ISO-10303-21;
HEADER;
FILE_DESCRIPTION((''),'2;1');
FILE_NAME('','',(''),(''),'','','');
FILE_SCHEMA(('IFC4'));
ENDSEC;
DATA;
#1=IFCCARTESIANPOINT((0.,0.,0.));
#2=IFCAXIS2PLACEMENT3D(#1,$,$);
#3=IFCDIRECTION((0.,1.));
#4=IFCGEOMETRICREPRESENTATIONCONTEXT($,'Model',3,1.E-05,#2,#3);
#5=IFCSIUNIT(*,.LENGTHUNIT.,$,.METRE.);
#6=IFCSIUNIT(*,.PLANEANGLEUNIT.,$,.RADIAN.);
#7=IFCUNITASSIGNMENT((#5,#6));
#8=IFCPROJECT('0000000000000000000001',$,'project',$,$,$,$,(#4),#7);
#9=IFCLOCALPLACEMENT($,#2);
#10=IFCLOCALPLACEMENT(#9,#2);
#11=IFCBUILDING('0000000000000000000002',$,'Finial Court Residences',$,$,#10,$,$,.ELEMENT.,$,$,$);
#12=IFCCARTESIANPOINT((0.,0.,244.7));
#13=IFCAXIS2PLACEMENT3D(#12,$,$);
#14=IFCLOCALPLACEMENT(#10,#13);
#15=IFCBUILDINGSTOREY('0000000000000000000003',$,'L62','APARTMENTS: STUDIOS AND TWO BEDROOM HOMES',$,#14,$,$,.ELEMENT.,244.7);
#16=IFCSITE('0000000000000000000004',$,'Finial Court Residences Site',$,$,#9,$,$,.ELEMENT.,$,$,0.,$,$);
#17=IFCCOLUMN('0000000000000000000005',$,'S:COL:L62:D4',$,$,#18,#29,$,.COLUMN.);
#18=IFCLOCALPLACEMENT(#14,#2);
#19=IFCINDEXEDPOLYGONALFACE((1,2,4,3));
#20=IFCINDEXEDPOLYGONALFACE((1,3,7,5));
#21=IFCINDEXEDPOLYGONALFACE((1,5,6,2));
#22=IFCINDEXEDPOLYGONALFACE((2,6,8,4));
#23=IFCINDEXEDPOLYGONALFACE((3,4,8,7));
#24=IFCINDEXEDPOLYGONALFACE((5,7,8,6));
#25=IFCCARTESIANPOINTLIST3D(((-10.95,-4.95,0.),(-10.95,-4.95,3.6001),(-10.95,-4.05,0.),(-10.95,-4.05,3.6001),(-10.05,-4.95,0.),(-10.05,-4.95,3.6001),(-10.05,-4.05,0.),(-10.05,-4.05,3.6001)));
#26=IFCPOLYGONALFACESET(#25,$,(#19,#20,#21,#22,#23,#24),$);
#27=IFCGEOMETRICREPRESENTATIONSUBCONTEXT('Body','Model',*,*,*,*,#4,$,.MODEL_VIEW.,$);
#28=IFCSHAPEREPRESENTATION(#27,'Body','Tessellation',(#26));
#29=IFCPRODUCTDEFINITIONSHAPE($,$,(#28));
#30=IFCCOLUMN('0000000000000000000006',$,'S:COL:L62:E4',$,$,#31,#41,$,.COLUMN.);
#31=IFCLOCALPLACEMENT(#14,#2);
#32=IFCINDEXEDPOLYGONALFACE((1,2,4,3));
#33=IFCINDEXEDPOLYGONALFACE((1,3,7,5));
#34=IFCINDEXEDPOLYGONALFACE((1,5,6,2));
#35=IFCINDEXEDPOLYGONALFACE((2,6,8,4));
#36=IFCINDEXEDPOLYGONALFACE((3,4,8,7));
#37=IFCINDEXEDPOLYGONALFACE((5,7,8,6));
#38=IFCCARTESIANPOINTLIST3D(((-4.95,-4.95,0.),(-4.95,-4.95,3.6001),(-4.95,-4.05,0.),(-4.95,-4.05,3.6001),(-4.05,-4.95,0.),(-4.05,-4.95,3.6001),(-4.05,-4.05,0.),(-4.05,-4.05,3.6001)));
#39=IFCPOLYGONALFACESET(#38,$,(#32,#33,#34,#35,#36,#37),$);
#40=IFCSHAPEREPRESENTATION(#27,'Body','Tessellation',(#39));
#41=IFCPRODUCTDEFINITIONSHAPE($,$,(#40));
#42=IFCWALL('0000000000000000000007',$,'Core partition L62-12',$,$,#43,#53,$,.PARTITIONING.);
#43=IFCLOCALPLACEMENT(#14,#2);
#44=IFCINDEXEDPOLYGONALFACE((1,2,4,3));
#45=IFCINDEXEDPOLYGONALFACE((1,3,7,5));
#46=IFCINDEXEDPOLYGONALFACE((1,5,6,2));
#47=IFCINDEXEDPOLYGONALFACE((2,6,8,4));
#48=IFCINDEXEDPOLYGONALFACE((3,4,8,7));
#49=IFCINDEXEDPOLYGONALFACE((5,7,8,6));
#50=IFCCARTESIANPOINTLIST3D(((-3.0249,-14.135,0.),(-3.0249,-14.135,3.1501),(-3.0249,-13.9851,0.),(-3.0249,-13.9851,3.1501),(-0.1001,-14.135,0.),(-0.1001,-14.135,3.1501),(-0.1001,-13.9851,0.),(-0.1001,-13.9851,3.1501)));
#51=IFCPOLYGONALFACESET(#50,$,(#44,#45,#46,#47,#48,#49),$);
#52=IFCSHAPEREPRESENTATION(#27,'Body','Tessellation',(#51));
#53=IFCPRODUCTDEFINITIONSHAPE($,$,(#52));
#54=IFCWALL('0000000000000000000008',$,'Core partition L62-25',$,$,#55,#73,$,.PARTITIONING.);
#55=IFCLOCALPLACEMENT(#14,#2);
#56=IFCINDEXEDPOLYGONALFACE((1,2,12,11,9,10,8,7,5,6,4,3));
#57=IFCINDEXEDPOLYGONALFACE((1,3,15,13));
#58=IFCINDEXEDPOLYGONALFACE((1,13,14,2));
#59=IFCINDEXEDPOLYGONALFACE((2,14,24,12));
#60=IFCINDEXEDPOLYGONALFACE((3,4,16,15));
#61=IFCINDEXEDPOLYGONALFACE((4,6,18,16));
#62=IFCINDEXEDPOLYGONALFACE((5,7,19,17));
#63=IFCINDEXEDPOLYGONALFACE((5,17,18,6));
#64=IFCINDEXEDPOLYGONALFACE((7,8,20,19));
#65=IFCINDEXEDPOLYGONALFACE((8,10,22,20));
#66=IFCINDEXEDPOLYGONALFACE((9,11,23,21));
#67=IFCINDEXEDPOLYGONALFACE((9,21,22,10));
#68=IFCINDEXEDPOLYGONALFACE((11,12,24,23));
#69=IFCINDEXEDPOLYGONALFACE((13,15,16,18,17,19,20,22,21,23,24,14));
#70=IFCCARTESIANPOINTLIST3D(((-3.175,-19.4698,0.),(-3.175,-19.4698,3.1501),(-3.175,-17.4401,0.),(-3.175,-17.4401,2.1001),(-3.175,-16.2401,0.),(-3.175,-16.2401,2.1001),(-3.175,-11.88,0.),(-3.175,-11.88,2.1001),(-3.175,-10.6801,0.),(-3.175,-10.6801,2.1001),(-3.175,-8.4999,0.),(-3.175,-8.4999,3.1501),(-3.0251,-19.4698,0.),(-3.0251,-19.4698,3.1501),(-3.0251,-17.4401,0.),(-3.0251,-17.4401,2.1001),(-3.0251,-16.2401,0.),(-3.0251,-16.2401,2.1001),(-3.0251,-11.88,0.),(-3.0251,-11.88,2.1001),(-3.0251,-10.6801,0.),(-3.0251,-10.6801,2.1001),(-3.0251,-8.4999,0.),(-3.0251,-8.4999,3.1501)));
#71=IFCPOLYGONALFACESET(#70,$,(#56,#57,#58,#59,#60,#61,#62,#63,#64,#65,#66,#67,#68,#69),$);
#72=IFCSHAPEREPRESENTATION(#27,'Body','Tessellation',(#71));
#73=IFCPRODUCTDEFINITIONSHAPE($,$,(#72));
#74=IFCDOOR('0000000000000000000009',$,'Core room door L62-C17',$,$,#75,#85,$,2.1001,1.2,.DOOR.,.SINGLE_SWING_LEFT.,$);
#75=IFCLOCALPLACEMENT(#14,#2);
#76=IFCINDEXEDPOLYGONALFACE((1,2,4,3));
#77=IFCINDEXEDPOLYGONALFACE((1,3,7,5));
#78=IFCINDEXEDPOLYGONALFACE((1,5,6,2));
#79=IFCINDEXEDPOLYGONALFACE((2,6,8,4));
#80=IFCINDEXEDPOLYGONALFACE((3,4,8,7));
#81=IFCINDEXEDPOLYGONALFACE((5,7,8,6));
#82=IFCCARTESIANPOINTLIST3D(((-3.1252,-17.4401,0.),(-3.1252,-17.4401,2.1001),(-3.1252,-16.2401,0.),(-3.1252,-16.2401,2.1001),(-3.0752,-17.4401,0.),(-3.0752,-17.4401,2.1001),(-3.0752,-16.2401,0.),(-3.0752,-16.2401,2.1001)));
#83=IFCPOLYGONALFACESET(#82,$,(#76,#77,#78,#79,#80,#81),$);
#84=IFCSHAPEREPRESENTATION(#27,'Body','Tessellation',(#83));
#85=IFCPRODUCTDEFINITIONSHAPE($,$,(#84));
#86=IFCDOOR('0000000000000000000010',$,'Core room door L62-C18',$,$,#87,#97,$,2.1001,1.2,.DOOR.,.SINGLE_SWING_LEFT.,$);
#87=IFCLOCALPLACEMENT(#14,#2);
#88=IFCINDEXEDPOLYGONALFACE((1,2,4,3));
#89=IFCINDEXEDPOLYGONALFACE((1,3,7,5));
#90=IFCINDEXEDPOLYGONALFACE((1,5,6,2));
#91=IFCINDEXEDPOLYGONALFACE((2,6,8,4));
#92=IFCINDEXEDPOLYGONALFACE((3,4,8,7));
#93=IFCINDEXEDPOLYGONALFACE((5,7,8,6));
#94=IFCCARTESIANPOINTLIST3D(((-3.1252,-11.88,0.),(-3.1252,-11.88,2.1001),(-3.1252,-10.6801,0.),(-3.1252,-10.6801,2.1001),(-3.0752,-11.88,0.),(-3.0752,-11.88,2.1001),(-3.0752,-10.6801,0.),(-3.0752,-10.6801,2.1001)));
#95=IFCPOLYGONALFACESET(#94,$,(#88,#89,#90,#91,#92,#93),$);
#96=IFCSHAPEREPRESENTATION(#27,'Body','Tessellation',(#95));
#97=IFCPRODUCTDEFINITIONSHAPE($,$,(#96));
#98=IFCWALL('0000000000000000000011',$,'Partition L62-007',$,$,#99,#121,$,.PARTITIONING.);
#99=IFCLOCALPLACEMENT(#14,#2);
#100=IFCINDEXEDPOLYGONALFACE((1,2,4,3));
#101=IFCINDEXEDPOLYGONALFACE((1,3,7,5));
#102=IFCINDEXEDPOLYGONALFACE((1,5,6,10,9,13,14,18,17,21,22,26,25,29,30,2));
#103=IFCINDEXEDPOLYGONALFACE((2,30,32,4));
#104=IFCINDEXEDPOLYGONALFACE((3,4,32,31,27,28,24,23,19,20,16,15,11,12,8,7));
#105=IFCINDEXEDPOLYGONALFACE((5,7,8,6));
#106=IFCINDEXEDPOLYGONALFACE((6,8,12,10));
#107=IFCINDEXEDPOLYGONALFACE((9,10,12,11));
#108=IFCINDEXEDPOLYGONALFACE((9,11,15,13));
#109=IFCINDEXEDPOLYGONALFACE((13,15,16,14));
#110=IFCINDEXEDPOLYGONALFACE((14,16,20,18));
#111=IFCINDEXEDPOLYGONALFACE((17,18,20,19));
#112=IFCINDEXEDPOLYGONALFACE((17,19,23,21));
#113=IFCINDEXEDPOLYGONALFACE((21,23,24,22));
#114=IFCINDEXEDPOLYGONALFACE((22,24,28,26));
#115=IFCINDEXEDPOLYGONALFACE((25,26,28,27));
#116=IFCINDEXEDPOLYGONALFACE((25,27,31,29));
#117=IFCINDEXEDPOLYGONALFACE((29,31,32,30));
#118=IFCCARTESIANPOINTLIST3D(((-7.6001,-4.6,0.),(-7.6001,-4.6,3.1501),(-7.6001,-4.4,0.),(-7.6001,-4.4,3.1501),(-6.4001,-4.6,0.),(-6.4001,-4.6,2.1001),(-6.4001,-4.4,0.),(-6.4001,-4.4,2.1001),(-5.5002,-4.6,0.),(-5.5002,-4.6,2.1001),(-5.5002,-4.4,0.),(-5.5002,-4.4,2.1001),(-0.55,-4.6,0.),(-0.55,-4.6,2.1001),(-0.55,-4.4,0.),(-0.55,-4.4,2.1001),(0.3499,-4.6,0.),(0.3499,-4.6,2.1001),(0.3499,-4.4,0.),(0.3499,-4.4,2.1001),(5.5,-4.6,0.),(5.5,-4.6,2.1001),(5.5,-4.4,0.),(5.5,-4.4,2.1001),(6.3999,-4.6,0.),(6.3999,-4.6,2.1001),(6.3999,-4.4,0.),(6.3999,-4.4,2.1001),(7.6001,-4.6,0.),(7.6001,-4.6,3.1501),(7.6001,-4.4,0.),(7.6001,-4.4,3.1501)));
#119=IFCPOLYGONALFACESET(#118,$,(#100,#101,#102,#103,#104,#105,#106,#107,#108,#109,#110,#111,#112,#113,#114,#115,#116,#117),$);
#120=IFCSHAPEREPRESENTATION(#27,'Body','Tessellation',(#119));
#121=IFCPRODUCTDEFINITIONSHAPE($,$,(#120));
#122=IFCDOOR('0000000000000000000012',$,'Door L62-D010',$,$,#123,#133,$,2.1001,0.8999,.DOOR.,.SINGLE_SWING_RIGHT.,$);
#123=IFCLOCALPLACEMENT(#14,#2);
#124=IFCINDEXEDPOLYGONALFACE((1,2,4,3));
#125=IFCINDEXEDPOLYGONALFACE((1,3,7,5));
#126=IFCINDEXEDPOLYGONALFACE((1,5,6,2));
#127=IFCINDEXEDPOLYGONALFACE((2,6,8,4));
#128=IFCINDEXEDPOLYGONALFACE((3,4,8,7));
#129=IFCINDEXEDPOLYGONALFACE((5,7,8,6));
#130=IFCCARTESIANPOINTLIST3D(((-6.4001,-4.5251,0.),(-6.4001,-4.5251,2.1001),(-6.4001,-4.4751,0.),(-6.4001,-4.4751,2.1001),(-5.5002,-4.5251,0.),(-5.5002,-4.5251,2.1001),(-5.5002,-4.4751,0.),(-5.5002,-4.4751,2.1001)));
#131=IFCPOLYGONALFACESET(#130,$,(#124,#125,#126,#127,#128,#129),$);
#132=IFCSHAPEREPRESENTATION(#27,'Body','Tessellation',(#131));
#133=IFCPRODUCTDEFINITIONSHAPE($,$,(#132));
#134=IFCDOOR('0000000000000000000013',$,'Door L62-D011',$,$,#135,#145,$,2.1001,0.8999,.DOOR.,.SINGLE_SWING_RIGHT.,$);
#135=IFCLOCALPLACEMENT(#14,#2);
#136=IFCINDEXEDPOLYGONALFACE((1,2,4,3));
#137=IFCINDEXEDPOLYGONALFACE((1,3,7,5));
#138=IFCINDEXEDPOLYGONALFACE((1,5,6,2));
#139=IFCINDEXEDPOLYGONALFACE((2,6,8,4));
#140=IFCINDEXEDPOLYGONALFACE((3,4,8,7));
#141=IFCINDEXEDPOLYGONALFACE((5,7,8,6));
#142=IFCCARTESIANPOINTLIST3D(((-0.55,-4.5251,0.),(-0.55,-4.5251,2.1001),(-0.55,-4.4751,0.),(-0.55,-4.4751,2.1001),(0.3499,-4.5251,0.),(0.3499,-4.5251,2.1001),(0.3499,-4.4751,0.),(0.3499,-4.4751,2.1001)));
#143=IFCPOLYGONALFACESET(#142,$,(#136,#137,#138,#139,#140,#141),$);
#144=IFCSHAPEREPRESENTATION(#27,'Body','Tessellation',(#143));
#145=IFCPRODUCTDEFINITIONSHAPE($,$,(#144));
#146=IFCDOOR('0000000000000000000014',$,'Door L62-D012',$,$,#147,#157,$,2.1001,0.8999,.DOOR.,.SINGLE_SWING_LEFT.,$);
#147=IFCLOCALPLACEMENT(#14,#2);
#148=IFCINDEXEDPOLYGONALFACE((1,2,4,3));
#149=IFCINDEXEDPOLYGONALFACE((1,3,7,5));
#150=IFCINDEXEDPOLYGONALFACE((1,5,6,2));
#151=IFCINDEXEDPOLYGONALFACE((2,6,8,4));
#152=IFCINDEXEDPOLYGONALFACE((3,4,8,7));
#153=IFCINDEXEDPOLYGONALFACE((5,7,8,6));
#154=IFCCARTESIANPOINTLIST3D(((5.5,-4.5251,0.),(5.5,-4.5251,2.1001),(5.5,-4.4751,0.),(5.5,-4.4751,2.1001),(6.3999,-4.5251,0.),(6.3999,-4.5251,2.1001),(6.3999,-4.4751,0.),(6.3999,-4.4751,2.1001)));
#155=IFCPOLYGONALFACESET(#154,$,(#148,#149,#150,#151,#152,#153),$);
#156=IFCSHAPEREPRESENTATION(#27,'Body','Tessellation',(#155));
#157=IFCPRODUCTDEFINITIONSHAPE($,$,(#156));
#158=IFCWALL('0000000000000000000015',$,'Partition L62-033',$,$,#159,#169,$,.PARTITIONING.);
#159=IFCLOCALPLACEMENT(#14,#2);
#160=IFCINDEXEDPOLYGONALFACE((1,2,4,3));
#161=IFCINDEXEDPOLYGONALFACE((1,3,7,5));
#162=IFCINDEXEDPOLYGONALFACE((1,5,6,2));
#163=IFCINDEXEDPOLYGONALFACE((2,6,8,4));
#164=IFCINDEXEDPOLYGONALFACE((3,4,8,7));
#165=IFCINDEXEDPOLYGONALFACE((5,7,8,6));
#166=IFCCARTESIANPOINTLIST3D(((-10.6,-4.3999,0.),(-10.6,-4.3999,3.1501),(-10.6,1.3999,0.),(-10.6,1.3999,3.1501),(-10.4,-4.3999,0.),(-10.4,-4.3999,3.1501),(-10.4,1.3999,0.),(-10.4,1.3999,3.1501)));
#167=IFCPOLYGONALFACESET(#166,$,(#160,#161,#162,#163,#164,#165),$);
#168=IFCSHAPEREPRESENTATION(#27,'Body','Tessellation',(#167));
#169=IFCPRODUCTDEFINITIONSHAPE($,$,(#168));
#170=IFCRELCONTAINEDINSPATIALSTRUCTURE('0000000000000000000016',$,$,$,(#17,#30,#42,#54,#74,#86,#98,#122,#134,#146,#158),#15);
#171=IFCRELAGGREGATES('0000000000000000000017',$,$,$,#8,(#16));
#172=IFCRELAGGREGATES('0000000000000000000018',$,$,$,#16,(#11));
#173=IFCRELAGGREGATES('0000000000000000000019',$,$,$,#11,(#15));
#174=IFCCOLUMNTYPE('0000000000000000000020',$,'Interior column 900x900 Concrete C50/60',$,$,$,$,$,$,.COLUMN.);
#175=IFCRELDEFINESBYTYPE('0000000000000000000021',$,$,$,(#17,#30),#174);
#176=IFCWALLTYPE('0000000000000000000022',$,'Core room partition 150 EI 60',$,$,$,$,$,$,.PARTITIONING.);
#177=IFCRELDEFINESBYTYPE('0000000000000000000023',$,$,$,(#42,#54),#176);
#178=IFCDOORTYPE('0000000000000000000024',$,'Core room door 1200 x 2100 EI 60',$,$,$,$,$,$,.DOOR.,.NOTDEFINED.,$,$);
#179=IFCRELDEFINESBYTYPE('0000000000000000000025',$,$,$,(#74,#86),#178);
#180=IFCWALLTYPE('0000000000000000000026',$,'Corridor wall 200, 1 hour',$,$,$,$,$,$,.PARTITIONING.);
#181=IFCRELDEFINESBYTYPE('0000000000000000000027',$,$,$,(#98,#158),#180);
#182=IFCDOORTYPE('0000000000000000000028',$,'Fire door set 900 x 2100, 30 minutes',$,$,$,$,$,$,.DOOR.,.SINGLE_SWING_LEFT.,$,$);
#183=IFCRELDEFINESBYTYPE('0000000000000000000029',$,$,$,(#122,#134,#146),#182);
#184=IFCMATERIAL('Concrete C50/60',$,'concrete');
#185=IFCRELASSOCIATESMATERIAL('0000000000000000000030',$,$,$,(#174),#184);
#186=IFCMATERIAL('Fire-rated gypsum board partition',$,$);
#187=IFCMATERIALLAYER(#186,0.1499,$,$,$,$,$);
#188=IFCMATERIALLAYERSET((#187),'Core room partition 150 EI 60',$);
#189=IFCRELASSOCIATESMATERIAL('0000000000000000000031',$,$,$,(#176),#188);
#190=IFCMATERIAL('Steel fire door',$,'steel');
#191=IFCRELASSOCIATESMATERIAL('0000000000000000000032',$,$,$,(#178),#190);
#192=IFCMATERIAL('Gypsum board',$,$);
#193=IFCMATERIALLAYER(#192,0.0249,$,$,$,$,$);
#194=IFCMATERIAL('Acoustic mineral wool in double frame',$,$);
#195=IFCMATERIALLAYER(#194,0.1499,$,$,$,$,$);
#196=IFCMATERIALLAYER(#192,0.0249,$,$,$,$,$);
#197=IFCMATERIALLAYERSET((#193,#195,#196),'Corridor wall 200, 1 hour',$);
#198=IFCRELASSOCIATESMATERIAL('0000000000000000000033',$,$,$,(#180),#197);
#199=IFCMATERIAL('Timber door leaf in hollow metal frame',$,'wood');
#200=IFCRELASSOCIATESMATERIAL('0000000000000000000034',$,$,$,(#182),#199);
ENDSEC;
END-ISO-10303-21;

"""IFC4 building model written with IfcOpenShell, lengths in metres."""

from ifc_helpers import new_model, si_unit, direction, frame, frame_2d, origin, origin_2d, place, context, subcontext, project, spatial, rectangle, extrude, material, layer, layer_set, material_profile, profile_set, type_object, element, fill, save


model = new_model("IFC4")

# Units and contexts
model_context = context("Model", 3, precision=1e-05, world=origin(), true_north=direction((0.0, 1.0)))
body_context = subcontext(model_context, "Body", "Model", "MODEL_VIEW")
ifc_project = project(units=[si_unit("LENGTHUNIT", "METRE"), si_unit("PLANEANGLEUNIT", "RADIAN")], contexts=[model_context])

# Site, building, storey
site_placement = place(None, origin())
site = spatial("IfcSite", under=ifc_project, at=site_placement, Name="Finial Court Residences Site", CompositionType="ELEMENT", RefElevation=0.0)
building_placement = place(site_placement, origin())
building = spatial("IfcBuilding", under=site, at=building_placement, Name="Finial Court Residences", CompositionType="ELEMENT")
storey_placement = place(building_placement, frame((0.0, 0.0, 244.7)))
storey = spatial("IfcBuildingStorey", under=building, at=storey_placement, Name="L62", Description="APARTMENTS: STUDIOS AND TWO BEDROOM HOMES", CompositionType="ELEMENT", Elevation=244.7)

# Columns
ifc_material_1 = material(Name="Concrete C50/60", Category="concrete")
ifc_material_profile = material_profile(ifc_material_1, rectangle(XDim=0.8999, YDim=0.8999, at=origin_2d()), Name="900x900")
ifc_profile_set = profile_set([ifc_material_profile], Name="Concrete C50/60")
column_type = type_object("IfcColumnType", Name="Interior column 900x900 Concrete C50/60", PredefinedType="COLUMN", material=ifc_profile_set)
for number, where, z_axis, x_axis, name in (
    (1, (-10.5, -4.5, 0.0), (0.0, 0.0, 1.0), (1.0, 0.0, 0.0), "S:COL:L62:D4"),
    (2, (-4.5, -4.5, 0.0), (0.0, 0.0, 1.0), (1.0, 0.0, 0.0), "S:COL:L62:E4"),
):
    element("IfcColumn", number, at=place(storey_placement, frame(where, z_axis=z_axis, x_axis=x_axis)), inside=storey, type_object=column_type, Name=name, PredefinedType="COLUMN", context=body_context, shape_type="SweptSolid", body=[
        extrude(rectangle(XDim=0.8999, YDim=0.8999, at=origin_2d()), origin(), (0.0, 0.0, 1.0), 3.6001),
    ])

# Wall
ifc_material_2 = material(Name="Fire-rated gypsum board partition")
ifc_layer_1 = layer(ifc_material_2, 0.1499)
ifc_layer_set_1 = layer_set([ifc_layer_1], Name="Core room partition 150 EI 60")
wall_type_1 = type_object("IfcWallType", Name="Core room partition 150 EI 60", PredefinedType="PARTITIONING", material=ifc_layer_set_1)
wall_1_placement = place(storey_placement, frame((-3.0249, -14.0601, 0.0), z_axis=(0.0, 0.0, 1.0), x_axis=(1.0, 0.0, 0.0)))
element("IfcWall", 3, at=wall_1_placement, inside=storey, type_object=wall_type_1, Name="Core partition L62-12", PredefinedType="PARTITIONING", context=body_context, shape_type="SweptSolid", body=[
    extrude(rectangle(XDim=2.9248, YDim=0.1499, at=frame_2d((1.4624, 0.0))), origin(), (0.0, 0.0, 1.0), 3.1501),
])

# Walls, openings, doors
wall_2_placement = place(storey_placement, frame((-3.1001, -8.5, 0.0), z_axis=(0.0, 0.0, 1.0), x_axis=(0.0, -1.0, 0.0)))
wall_2 = element("IfcWall", 4, at=wall_2_placement, inside=storey, type_object=wall_type_1, Name="Core partition L62-25", PredefinedType="PARTITIONING", context=body_context, shape_type="SweptSolid", body=[
    extrude(rectangle(XDim=10.97, YDim=0.1499, at=frame_2d((5.4849, 0.0))), origin(), (0.0, 0.0, 1.0), 3.1501),
])
opening_1_placement = place(wall_2_placement, frame((7.74, 0.0, 0.0)))
opening_1 = element("IfcOpeningElement", 5, at=opening_1_placement, cuts=wall_2, PredefinedType="OPENING", context=body_context, shape_type="SweptSolid", body=[
    extrude(rectangle(XDim=1.2, YDim=2.1001, at=frame_2d((0.6001, 1.05))), frame((0.0, 0.085, 0.0), z_axis=(0.0, -1.0, 0.0), x_axis=(1.0, 0.0, 0.0)), (0.0, 0.0, 1.0), 0.1699),
])
opening_2_placement = place(wall_2_placement, frame((2.1799, 0.0, 0.0)))
opening_2 = element("IfcOpeningElement", 6, at=opening_2_placement, cuts=wall_2, PredefinedType="OPENING", context=body_context, shape_type="SweptSolid", body=[
    extrude(rectangle(XDim=1.2, YDim=2.1001, at=frame_2d((0.6001, 1.05))), frame((0.0, 0.085, 0.0), z_axis=(0.0, -1.0, 0.0), x_axis=(1.0, 0.0, 0.0)), (0.0, 0.0, 1.0), 0.1699),
])
ifc_material_3 = material(Name="Steel fire door", Category="steel")
door_type_1 = type_object("IfcDoorType", Name="Core room door 1200 x 2100 EI 60", OperationType="NOTDEFINED", PredefinedType="DOOR", material=ifc_material_3)
door_1_placement = place(opening_1_placement, origin())
door_1 = element("IfcDoor", 7, at=door_1_placement, inside=storey, type_object=door_type_1, Name="Core room door L62-C17", OperationType="SINGLE_SWING_LEFT", OverallHeight=2.1001, OverallWidth=1.2, PredefinedType="DOOR", context=body_context, shape_type="SweptSolid", body=[
    extrude(rectangle(XDim=1.2, YDim=2.1001, at=frame_2d((0.6001, 1.05))), frame((0.0, 0.0249, 0.0), z_axis=(0.0, -1.0, 0.0), x_axis=(1.0, 0.0, 0.0)), (0.0, 0.0, 1.0), 0.05),
])
fill(opening_1, door_1)
door_2_placement = place(opening_2_placement, origin())
door_2 = element("IfcDoor", 8, at=door_2_placement, inside=storey, type_object=door_type_1, Name="Core room door L62-C18", OperationType="SINGLE_SWING_LEFT", OverallHeight=2.1001, OverallWidth=1.2, PredefinedType="DOOR", context=body_context, shape_type="SweptSolid", body=[
    extrude(rectangle(XDim=1.2, YDim=2.1001, at=frame_2d((0.6001, 1.05))), frame((0.0, 0.0249, 0.0), z_axis=(0.0, -1.0, 0.0), x_axis=(1.0, 0.0, 0.0)), (0.0, 0.0, 1.0), 0.05),
])
fill(opening_2, door_2)
ifc_material_4 = material(Name="Gypsum board")
ifc_layer_2 = layer(ifc_material_4, 0.0249)
ifc_material_5 = material(Name="Acoustic mineral wool in double frame")
ifc_layer_3 = layer(ifc_material_5, 0.1499)
ifc_layer_4 = layer(ifc_material_4, 0.0249)
ifc_layer_set_2 = layer_set([ifc_layer_2, ifc_layer_3, ifc_layer_4], Name="Corridor wall 200, 1 hour")
wall_type_2 = type_object("IfcWallType", Name="Corridor wall 200, 1 hour", PredefinedType="PARTITIONING", material=ifc_layer_set_2)
wall_3_placement = place(storey_placement, frame((-7.6001, -4.5, 0.0), z_axis=(0.0, 0.0, 1.0), x_axis=(1.0, 0.0, 0.0)))
wall_3 = element("IfcWall", 9, at=wall_3_placement, inside=storey, type_object=wall_type_2, Name="Partition L62-007", PredefinedType="PARTITIONING", context=body_context, shape_type="SweptSolid", body=[
    extrude(rectangle(XDim=15.2002, YDim=0.2, at=frame_2d((7.6001, 0.0))), origin(), (0.0, 0.0, 1.0), 3.1501),
])
opening_3_placement = place(wall_3_placement, frame((1.2, 0.0, 0.0)))
opening_3 = element("IfcOpeningElement", 10, at=opening_3_placement, cuts=wall_3, PredefinedType="OPENING", context=body_context, shape_type="SweptSolid", body=[
    extrude(rectangle(XDim=0.8999, YDim=2.1001, at=frame_2d((0.45, 1.05))), frame((0.0, 0.1099, 0.0), z_axis=(0.0, -1.0, 0.0), x_axis=(1.0, 0.0, 0.0)), (0.0, 0.0, 1.0), 0.22),
])
opening_4_placement = place(wall_3_placement, frame((7.05, 0.0, 0.0)))
opening_4 = element("IfcOpeningElement", 11, at=opening_4_placement, cuts=wall_3, PredefinedType="OPENING", context=body_context, shape_type="SweptSolid", body=[
    extrude(rectangle(XDim=0.8999, YDim=2.1001, at=frame_2d((0.45, 1.05))), frame((0.0, 0.1099, 0.0), z_axis=(0.0, -1.0, 0.0), x_axis=(1.0, 0.0, 0.0)), (0.0, 0.0, 1.0), 0.22),
])
opening_5_placement = place(wall_3_placement, frame((13.1001, 0.0, 0.0)))
opening_5 = element("IfcOpeningElement", 12, at=opening_5_placement, cuts=wall_3, PredefinedType="OPENING", context=body_context, shape_type="SweptSolid", body=[
    extrude(rectangle(XDim=0.8999, YDim=2.1001, at=frame_2d((0.45, 1.05))), frame((0.0, 0.1099, 0.0), z_axis=(0.0, -1.0, 0.0), x_axis=(1.0, 0.0, 0.0)), (0.0, 0.0, 1.0), 0.22),
])
ifc_material_6 = material(Name="Timber door leaf in hollow metal frame", Category="wood")
door_type_2 = type_object("IfcDoorType", Name="Fire door set 900 x 2100, 30 minutes", OperationType="SINGLE_SWING_LEFT", PredefinedType="DOOR", material=ifc_material_6)
door_3_placement = place(opening_3_placement, origin())
door_3 = element("IfcDoor", 13, at=door_3_placement, inside=storey, type_object=door_type_2, Name="Door L62-D010", OperationType="SINGLE_SWING_RIGHT", OverallHeight=2.1001, OverallWidth=0.8999, PredefinedType="DOOR", context=body_context, shape_type="SweptSolid", body=[
    extrude(rectangle(XDim=0.8999, YDim=2.1001, at=frame_2d((0.45, 1.05))), frame((0.0, 0.0249, 0.0), z_axis=(0.0, -1.0, 0.0), x_axis=(1.0, 0.0, 0.0)), (0.0, 0.0, 1.0), 0.05),
])
fill(opening_3, door_3)
door_4_placement = place(opening_4_placement, origin())
door_4 = element("IfcDoor", 14, at=door_4_placement, inside=storey, type_object=door_type_2, Name="Door L62-D011", OperationType="SINGLE_SWING_RIGHT", OverallHeight=2.1001, OverallWidth=0.8999, PredefinedType="DOOR", context=body_context, shape_type="SweptSolid", body=[
    extrude(rectangle(XDim=0.8999, YDim=2.1001, at=frame_2d((0.45, 1.05))), frame((0.0, 0.0249, 0.0), z_axis=(0.0, -1.0, 0.0), x_axis=(1.0, 0.0, 0.0)), (0.0, 0.0, 1.0), 0.05),
])
fill(opening_4, door_4)
door_5_placement = place(opening_5_placement, origin())
door_5 = element("IfcDoor", 15, at=door_5_placement, inside=storey, type_object=door_type_2, Name="Door L62-D012", OperationType="SINGLE_SWING_LEFT", OverallHeight=2.1001, OverallWidth=0.8999, PredefinedType="DOOR", context=body_context, shape_type="SweptSolid", body=[
    extrude(rectangle(XDim=0.8999, YDim=2.1001, at=frame_2d((0.45, 1.05))), frame((0.0, 0.0249, 0.0), z_axis=(0.0, -1.0, 0.0), x_axis=(1.0, 0.0, 0.0)), (0.0, 0.0, 1.0), 0.05),
])
fill(opening_5, door_5)

# Wall
for number, where, z_axis, x_axis, name in (
    (16, (-10.5, -4.3999, 0.0), (0.0, 0.0, 1.0), (0.0, 1.0, 0.0), "Partition L62-033"),
):
    element("IfcWall", number, at=place(storey_placement, frame(where, z_axis=z_axis, x_axis=x_axis)), inside=storey, type_object=wall_type_2, Name=name, PredefinedType="PARTITIONING", context=body_context, shape_type="SweptSolid", body=[
        extrude(rectangle(XDim=5.7998, YDim=0.2, at=frame_2d((2.8999, 0.0))), origin(), (0.0, 0.0, 1.0), 3.1501),
    ])

save(model, "model.ifc")
